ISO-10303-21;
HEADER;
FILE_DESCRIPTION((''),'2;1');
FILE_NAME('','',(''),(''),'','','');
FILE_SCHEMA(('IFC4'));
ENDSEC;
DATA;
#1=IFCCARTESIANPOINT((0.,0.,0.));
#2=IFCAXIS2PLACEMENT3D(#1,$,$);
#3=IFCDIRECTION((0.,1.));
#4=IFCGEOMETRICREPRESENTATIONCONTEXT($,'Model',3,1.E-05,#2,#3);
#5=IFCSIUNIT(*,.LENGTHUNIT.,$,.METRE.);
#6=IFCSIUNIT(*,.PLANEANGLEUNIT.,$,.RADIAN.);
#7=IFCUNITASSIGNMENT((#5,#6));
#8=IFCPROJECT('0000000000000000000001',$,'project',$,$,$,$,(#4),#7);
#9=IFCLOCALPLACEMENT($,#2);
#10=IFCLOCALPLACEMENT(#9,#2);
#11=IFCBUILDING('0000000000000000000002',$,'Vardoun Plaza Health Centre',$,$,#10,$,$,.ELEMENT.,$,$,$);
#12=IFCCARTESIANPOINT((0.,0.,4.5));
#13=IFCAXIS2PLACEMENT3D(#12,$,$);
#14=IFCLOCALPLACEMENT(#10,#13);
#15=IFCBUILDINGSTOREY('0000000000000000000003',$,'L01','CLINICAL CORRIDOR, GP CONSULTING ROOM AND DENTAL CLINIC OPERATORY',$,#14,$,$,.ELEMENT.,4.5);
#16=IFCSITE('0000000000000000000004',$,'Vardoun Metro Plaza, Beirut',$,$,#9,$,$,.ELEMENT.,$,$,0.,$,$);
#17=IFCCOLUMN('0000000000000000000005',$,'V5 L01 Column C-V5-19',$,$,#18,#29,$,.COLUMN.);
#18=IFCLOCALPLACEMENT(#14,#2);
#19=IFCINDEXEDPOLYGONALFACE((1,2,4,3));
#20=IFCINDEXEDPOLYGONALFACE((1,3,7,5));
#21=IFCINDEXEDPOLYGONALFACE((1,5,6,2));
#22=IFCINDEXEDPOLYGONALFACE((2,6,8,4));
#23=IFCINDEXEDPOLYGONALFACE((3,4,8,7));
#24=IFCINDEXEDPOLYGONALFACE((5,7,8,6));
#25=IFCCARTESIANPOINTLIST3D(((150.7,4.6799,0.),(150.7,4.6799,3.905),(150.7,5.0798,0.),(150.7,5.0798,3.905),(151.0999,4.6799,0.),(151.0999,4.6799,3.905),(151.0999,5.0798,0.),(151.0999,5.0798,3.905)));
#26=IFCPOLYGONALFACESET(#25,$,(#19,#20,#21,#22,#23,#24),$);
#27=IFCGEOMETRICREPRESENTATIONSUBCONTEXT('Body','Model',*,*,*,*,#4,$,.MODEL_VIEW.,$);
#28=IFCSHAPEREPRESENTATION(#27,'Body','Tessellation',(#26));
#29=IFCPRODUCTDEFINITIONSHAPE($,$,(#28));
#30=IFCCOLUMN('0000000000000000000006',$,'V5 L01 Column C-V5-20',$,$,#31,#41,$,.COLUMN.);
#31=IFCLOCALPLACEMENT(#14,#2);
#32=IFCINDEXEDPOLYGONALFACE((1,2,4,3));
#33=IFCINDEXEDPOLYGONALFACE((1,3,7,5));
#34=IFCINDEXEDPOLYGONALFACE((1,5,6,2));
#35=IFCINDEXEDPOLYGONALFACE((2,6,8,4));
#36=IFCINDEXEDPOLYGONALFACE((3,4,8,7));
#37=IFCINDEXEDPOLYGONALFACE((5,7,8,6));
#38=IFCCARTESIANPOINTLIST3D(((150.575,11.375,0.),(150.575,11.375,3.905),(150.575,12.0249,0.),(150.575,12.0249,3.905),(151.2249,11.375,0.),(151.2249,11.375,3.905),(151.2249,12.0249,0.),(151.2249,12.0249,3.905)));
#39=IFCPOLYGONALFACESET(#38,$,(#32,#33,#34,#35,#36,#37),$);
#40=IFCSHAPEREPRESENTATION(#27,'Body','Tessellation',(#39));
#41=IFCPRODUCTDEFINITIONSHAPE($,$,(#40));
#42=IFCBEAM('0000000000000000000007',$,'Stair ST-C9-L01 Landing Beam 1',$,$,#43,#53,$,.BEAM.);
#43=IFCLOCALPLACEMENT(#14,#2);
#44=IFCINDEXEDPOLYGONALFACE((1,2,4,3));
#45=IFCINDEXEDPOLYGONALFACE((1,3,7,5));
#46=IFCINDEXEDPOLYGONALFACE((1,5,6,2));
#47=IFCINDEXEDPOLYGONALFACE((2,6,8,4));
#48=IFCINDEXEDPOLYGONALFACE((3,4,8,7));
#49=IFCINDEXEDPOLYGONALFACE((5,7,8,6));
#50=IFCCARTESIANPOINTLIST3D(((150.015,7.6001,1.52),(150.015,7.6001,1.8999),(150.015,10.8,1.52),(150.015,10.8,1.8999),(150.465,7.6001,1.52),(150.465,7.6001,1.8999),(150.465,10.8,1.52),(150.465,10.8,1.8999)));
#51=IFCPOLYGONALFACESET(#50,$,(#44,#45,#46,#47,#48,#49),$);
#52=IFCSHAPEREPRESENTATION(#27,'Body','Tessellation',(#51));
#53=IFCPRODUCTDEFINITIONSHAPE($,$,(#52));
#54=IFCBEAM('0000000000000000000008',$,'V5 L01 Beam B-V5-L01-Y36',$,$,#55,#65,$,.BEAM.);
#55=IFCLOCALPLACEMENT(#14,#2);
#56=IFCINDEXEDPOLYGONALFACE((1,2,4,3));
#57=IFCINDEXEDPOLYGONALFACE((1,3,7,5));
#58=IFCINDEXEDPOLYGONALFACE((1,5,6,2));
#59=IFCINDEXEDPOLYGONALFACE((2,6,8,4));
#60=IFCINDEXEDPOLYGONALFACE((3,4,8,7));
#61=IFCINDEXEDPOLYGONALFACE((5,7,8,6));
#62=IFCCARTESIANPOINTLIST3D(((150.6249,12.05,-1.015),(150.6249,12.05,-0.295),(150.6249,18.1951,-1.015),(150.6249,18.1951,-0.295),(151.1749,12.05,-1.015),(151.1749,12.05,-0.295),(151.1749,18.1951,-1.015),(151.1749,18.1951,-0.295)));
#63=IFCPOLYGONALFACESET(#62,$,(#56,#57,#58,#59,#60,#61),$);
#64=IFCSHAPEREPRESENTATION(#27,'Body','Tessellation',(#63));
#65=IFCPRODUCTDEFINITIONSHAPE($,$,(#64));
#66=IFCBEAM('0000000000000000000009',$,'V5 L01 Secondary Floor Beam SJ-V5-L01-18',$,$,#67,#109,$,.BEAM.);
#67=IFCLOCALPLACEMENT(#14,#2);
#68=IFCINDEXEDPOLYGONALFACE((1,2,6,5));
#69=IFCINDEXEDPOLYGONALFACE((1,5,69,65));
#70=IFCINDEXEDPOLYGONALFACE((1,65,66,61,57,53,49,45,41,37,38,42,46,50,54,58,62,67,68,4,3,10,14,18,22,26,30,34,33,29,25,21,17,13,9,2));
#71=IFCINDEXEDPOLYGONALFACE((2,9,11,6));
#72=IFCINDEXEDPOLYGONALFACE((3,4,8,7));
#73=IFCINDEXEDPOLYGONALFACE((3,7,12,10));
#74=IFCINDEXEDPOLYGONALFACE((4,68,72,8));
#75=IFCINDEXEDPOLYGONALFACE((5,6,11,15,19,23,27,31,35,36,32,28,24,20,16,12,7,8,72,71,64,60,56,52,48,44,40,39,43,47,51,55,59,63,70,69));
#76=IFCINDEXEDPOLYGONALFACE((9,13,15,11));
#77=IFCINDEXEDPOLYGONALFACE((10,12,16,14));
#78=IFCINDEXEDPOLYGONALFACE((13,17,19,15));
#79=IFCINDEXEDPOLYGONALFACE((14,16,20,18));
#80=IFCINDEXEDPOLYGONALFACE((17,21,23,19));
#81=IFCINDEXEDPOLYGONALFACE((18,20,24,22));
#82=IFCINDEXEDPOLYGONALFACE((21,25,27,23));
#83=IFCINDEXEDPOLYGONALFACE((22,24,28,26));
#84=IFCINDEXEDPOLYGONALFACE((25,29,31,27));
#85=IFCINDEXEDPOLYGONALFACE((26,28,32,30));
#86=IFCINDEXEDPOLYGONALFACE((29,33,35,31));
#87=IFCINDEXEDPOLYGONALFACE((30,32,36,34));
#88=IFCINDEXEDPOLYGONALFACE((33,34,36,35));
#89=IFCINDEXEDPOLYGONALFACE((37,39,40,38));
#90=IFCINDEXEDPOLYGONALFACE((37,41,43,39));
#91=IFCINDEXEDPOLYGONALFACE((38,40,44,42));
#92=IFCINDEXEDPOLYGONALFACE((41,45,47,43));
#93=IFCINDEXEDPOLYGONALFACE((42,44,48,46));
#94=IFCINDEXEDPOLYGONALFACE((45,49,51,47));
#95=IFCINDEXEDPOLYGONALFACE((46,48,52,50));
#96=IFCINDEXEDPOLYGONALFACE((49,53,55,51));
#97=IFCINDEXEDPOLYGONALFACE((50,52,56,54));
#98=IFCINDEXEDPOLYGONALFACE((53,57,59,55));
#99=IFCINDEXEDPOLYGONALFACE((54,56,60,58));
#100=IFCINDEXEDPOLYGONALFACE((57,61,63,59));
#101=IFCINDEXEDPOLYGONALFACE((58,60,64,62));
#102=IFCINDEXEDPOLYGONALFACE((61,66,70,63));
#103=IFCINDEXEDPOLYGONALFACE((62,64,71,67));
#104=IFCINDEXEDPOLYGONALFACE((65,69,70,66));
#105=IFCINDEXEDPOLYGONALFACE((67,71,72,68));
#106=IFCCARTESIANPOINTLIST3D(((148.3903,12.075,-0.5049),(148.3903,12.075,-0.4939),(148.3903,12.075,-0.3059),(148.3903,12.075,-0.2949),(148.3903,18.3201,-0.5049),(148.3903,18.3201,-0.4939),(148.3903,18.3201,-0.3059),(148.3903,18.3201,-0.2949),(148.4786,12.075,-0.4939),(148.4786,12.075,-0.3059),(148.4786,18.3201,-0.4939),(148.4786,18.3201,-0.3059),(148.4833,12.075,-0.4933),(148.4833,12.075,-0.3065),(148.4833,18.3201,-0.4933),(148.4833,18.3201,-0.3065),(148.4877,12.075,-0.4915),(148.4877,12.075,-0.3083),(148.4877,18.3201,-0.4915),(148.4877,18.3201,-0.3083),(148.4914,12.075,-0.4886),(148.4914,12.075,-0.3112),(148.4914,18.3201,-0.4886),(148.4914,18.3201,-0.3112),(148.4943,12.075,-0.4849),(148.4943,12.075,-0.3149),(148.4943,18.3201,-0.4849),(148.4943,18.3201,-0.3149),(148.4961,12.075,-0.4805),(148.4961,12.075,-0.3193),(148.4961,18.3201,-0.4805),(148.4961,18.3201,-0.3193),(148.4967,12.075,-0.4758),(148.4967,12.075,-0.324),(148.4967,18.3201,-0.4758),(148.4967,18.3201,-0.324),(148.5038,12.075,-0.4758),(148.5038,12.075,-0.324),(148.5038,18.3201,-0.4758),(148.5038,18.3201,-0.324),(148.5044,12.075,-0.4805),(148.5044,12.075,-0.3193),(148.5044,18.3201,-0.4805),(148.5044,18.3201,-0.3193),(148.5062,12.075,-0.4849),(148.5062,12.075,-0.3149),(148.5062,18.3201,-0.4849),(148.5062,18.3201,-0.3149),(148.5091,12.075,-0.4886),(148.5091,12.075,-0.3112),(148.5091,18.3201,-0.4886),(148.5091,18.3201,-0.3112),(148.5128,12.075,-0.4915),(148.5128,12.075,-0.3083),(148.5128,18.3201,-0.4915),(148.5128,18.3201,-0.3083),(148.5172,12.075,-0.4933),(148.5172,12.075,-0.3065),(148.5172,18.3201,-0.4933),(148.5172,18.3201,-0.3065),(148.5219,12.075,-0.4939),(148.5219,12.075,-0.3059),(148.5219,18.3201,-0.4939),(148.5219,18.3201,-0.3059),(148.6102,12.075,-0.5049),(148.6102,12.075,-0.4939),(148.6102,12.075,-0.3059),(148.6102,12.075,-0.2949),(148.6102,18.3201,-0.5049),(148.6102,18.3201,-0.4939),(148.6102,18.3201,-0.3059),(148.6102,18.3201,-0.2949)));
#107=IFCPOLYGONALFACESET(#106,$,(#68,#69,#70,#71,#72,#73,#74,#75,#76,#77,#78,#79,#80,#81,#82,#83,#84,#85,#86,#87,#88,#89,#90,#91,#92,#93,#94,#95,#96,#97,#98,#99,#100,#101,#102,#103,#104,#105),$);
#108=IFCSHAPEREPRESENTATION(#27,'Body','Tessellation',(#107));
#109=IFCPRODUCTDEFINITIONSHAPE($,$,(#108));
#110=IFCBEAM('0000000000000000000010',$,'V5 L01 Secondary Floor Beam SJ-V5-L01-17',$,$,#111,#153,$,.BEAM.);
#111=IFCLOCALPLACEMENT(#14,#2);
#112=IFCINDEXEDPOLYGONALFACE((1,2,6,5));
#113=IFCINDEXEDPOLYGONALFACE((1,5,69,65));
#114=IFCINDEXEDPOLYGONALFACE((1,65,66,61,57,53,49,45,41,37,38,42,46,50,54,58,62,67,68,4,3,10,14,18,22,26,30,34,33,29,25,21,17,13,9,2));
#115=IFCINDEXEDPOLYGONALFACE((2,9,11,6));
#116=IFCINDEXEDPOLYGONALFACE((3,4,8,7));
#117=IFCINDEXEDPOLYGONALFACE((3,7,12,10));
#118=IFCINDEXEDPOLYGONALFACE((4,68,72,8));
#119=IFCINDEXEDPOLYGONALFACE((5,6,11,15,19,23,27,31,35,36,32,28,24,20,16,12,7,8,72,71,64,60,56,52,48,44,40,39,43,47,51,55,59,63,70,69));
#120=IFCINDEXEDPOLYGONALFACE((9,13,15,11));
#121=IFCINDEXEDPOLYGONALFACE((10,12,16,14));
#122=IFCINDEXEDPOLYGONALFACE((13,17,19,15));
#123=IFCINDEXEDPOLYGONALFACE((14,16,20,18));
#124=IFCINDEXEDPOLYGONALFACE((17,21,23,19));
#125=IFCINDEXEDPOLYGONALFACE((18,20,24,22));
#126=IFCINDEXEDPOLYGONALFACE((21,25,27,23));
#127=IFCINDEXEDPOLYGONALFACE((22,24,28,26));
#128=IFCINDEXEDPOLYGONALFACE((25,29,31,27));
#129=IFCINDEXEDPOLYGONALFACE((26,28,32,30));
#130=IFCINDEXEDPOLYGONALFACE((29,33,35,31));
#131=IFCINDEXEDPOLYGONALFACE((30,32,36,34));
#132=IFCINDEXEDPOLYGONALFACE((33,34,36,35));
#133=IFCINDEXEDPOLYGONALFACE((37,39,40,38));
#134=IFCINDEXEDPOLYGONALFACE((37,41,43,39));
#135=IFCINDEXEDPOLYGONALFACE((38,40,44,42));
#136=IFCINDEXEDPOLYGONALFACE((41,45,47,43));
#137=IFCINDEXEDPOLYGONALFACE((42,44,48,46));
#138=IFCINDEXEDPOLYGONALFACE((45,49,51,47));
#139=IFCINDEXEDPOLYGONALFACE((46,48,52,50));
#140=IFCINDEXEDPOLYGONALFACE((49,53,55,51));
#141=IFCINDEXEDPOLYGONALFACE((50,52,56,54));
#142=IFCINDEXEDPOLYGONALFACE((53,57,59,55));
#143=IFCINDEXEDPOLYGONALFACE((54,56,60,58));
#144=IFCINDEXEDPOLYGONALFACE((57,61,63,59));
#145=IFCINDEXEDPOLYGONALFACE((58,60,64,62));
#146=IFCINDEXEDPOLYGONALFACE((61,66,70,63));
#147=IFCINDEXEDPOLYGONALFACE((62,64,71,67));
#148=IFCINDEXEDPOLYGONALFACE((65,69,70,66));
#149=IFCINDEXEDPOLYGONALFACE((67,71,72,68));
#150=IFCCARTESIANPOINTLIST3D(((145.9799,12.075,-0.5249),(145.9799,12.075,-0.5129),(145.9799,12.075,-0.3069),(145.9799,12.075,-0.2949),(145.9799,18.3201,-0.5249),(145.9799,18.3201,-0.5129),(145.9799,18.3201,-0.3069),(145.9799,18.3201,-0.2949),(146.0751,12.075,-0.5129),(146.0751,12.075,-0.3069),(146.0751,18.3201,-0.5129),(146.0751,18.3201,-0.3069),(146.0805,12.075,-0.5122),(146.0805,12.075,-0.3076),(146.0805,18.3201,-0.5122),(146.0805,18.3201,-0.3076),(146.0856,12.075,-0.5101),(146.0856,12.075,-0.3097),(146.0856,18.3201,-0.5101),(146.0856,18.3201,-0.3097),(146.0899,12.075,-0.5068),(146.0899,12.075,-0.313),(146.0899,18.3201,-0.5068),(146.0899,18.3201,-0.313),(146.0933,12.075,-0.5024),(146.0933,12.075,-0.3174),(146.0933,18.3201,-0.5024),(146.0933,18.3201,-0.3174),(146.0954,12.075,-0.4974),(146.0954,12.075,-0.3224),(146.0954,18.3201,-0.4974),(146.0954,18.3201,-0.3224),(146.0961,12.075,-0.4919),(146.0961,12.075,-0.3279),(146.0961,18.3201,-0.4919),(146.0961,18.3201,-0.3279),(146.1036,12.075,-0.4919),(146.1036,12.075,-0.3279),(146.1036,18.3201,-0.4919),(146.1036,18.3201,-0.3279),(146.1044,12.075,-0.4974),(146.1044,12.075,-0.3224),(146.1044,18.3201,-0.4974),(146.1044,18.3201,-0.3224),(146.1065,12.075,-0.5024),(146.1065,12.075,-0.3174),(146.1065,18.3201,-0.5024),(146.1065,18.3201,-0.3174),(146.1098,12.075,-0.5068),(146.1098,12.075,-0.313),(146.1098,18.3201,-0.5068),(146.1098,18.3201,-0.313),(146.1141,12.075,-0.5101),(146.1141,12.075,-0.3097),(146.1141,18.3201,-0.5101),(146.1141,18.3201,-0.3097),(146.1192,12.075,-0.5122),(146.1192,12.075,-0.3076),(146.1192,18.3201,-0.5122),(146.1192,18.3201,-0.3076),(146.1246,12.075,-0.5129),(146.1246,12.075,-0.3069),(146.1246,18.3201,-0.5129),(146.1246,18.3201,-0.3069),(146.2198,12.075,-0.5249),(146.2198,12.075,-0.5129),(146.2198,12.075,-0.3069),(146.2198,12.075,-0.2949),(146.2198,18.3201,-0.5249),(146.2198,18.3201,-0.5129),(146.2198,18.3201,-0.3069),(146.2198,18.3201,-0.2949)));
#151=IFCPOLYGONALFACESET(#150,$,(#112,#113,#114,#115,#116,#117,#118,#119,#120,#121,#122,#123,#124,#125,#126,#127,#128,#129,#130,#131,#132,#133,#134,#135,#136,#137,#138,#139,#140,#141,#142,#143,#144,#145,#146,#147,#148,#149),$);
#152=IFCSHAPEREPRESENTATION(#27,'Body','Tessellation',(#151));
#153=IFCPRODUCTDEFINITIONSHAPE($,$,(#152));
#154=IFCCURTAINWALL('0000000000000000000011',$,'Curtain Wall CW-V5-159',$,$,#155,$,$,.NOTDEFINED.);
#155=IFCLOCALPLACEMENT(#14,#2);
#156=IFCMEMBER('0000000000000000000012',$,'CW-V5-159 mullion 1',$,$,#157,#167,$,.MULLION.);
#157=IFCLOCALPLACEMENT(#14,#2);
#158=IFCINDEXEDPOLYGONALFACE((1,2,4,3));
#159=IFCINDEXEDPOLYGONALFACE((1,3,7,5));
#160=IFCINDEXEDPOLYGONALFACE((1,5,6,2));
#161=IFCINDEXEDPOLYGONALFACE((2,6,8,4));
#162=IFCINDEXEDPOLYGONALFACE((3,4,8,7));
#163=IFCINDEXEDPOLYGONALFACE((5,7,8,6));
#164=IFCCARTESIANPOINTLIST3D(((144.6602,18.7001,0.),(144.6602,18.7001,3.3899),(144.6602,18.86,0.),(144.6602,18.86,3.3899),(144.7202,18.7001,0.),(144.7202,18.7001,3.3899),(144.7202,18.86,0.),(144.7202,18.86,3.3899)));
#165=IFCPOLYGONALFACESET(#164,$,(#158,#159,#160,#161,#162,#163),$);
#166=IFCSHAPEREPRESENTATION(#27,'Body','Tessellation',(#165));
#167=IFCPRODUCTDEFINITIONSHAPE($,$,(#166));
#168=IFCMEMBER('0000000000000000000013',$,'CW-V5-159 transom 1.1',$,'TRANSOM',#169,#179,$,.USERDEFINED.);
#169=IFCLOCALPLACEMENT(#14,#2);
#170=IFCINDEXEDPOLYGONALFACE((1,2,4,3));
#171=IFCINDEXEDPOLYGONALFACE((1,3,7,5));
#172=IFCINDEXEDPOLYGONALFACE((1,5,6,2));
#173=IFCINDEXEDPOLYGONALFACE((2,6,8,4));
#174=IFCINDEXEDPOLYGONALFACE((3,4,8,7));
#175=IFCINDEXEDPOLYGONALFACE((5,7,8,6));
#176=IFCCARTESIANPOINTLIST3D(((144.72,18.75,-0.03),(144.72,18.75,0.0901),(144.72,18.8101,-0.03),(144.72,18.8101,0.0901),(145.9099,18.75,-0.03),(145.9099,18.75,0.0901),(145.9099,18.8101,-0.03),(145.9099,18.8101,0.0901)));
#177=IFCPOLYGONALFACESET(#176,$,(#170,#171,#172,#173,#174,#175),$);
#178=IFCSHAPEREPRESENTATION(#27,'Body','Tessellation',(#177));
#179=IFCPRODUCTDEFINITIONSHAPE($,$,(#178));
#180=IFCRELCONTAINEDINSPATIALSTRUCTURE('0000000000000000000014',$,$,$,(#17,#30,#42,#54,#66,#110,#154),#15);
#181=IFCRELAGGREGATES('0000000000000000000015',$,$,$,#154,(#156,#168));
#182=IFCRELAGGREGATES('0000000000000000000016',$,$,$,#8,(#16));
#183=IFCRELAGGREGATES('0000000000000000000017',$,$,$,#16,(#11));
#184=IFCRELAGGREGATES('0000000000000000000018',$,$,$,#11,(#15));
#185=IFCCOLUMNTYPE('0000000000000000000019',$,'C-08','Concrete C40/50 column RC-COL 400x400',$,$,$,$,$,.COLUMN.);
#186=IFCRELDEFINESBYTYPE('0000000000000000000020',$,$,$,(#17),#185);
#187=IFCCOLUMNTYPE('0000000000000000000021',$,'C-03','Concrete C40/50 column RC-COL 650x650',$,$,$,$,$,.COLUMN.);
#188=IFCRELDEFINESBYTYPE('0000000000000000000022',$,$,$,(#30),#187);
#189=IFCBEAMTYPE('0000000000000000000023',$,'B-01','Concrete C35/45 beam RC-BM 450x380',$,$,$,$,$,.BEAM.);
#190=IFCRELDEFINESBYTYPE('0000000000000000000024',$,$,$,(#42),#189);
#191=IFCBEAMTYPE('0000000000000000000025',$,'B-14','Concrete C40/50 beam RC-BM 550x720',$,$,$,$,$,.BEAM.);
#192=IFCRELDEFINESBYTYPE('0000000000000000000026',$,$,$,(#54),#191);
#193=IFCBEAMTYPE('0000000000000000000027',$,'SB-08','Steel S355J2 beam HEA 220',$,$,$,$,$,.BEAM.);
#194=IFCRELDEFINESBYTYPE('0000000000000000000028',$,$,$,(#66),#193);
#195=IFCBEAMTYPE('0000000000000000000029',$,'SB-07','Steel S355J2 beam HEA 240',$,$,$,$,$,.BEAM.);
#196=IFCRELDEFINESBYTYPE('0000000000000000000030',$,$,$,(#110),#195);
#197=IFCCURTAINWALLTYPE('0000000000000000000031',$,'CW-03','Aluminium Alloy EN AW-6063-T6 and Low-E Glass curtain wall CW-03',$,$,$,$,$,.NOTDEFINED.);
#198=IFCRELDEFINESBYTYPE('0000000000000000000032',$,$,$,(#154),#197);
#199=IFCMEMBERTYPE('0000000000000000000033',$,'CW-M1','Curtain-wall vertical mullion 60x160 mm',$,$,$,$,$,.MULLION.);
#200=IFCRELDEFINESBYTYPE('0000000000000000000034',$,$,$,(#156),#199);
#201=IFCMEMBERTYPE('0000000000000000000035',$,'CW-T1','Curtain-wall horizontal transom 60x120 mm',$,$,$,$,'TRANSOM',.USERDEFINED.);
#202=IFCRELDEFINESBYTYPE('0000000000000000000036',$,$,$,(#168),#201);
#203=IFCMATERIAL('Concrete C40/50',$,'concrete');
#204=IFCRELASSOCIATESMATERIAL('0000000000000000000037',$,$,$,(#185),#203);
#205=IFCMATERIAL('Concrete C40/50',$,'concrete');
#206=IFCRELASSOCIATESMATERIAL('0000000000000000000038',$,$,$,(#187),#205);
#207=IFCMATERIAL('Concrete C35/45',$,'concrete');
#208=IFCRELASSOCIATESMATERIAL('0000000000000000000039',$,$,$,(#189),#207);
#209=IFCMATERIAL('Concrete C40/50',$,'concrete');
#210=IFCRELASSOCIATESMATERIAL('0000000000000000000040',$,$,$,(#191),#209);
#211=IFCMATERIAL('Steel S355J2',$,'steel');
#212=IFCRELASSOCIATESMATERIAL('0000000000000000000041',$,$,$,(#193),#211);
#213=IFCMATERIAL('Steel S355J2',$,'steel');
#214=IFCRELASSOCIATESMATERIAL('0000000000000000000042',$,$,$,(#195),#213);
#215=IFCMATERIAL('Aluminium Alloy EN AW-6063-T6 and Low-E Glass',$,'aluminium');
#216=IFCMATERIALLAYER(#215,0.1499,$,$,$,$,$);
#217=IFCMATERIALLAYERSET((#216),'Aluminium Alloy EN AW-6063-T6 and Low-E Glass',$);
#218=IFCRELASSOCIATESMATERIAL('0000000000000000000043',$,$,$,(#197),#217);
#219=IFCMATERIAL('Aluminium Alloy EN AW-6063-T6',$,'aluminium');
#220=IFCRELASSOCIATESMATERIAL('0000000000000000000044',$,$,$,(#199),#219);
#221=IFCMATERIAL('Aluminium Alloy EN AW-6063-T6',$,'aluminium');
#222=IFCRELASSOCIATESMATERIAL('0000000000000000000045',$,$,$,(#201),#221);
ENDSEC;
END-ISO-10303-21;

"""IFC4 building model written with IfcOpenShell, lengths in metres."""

from ifc_helpers import new_model, si_unit, direction, frame, origin, origin_2d, place, context, subcontext, project, spatial, rectangle, i_section, extrude, material, layer, layer_set, material_profile, profile_set, type_object, element, aggregate, save


model = new_model("IFC4")

# Units and contexts
model_context = context("Model", 3, precision=1e-05, world=origin(), true_north=direction((0.0, 1.0)))
body_context = subcontext(model_context, "Body", "Model", "MODEL_VIEW")
ifc_project = project(units=[si_unit("LENGTHUNIT", "METRE"), si_unit("PLANEANGLEUNIT", "RADIAN")], contexts=[model_context])

# Site, building, storey
site_placement = place(None, origin())
site = spatial("IfcSite", under=ifc_project, at=site_placement, Name="Vardoun Metro Plaza, Beirut", CompositionType="ELEMENT", RefElevation=0.0)
building_placement = place(site_placement, origin())
building = spatial("IfcBuilding", under=site, at=building_placement, Name="Vardoun Plaza Health Centre", CompositionType="ELEMENT")
storey_placement = place(building_placement, frame((0.0, 0.0, 4.5)))
storey = spatial("IfcBuildingStorey", under=building, at=storey_placement, Name="L01", Description="CLINICAL CORRIDOR, GP CONSULTING ROOM AND DENTAL CLINIC OPERATORY", CompositionType="ELEMENT", Elevation=4.5)

# Columns
ifc_material_1 = material(Name="Concrete C40/50", Category="concrete")
ifc_material_profile_1 = material_profile(ifc_material_1, rectangle(XDim=0.3999, YDim=0.3999, at=origin_2d()), Name="RC-COL 400x400")
ifc_profile_set_1 = profile_set([ifc_material_profile_1], Name="Concrete C40/50")
column_type_1 = type_object("IfcColumnType", Name="C-08", Description="Concrete C40/50 column RC-COL 400x400", PredefinedType="COLUMN", material=ifc_profile_set_1)
column_1_placement = place(storey_placement, frame((150.8999, 4.8799, 0.0), z_axis=(0.0, 0.0, 1.0), x_axis=(1.0, 0.0, 0.0)))
element("IfcColumn", 1, at=column_1_placement, inside=storey, type_object=column_type_1, Name="V5 L01 Column C-V5-19", PredefinedType="COLUMN", context=body_context, shape_type="SweptSolid", body=[
    extrude(rectangle(XDim=0.3999, YDim=0.3999, at=origin_2d()), origin(), (0.0, 0.0, 1.0), 3.905),
])
ifc_material_2 = material(Name="Concrete C40/50", Category="concrete")
ifc_material_profile_2 = material_profile(ifc_material_2, rectangle(XDim=0.6499, YDim=0.6499, at=origin_2d()), Name="RC-COL 650x650")
ifc_profile_set_2 = profile_set([ifc_material_profile_2], Name="Concrete C40/50")
column_type_2 = type_object("IfcColumnType", Name="C-03", Description="Concrete C40/50 column RC-COL 650x650", PredefinedType="COLUMN", material=ifc_profile_set_2)
column_2_placement = place(storey_placement, frame((150.8999, 11.7, 0.0), z_axis=(0.0, 0.0, 1.0), x_axis=(1.0, 0.0, 0.0)))
element("IfcColumn", 2, at=column_2_placement, inside=storey, type_object=column_type_2, Name="V5 L01 Column C-V5-20", PredefinedType="COLUMN", context=body_context, shape_type="SweptSolid", body=[
    extrude(rectangle(XDim=0.6499, YDim=0.6499, at=origin_2d()), origin(), (0.0, 0.0, 1.0), 3.905),
])

# Beams
ifc_material_3 = material(Name="Concrete C35/45", Category="concrete")
ifc_material_profile_3 = material_profile(ifc_material_3, rectangle(XDim=0.45, YDim=0.3799, at=origin_2d()), Name="RC-BM 450x380")
ifc_profile_set_3 = profile_set([ifc_material_profile_3], Name="Concrete C35/45")
beam_type_1 = type_object("IfcBeamType", Name="B-01", Description="Concrete C35/45 beam RC-BM 450x380", PredefinedType="BEAM", material=ifc_profile_set_3)
beam_1_placement = place(storey_placement, frame((150.24, 7.6001, 1.71), z_axis=(0.0, 1.0, 0.0), x_axis=(-1.0, 0.0, 0.0)))
element("IfcBeam", 3, at=beam_1_placement, inside=storey, type_object=beam_type_1, Name="Stair ST-C9-L01 Landing Beam 1", PredefinedType="BEAM", context=body_context, shape_type="SweptSolid", body=[
    extrude(rectangle(XDim=0.45, YDim=0.3799, at=origin_2d()), origin(), (0.0, 0.0, 1.0), 3.2),
])
ifc_material_4 = material(Name="Concrete C40/50", Category="concrete")
ifc_material_profile_4 = material_profile(ifc_material_4, rectangle(XDim=0.55, YDim=0.72, at=origin_2d()), Name="RC-BM 550x720")
ifc_profile_set_4 = profile_set([ifc_material_profile_4], Name="Concrete C40/50")
beam_type_2 = type_object("IfcBeamType", Name="B-14", Description="Concrete C40/50 beam RC-BM 550x720", PredefinedType="BEAM", material=ifc_profile_set_4)
beam_2_placement = place(storey_placement, frame((150.8999, 12.05, -0.655), z_axis=(0.0, 1.0, 0.0), x_axis=(-1.0, 0.0, 0.0)))
element("IfcBeam", 4, at=beam_2_placement, inside=storey, type_object=beam_type_2, Name="V5 L01 Beam B-V5-L01-Y36", PredefinedType="BEAM", context=body_context, shape_type="SweptSolid", body=[
    extrude(rectangle(XDim=0.55, YDim=0.72, at=origin_2d()), origin(), (0.0, 0.0, 1.0), 6.145),
])
ifc_material_5 = material(Name="Steel S355J2", Category="steel")
ifc_material_profile_5 = material_profile(ifc_material_5, i_section(OverallWidth=0.22, OverallDepth=0.21, WebThickness=0.0071, FlangeThickness=0.011, FilletRadius=0.0181, at=origin_2d()), Name="HEA 220")
ifc_profile_set_5 = profile_set([ifc_material_profile_5], Name="Steel S355J2")
beam_type_3 = type_object("IfcBeamType", Name="SB-08", Description="Steel S355J2 beam HEA 220", PredefinedType="BEAM", material=ifc_profile_set_5)
beam_3_placement = place(storey_placement, frame((148.5002, 12.075, -0.3999), z_axis=(0.0, 1.0, 0.0), x_axis=(-1.0, 0.0, 0.0)))
element("IfcBeam", 5, at=beam_3_placement, inside=storey, type_object=beam_type_3, Name="V5 L01 Secondary Floor Beam SJ-V5-L01-18", PredefinedType="BEAM", context=body_context, shape_type="SweptSolid", body=[
    extrude(i_section(OverallWidth=0.22, OverallDepth=0.21, WebThickness=0.0071, FlangeThickness=0.011, FilletRadius=0.0181, at=origin_2d()), origin(), (0.0, 0.0, 1.0), 6.2451),
])
ifc_material_6 = material(Name="Steel S355J2", Category="steel")
ifc_material_profile_6 = material_profile(ifc_material_6, i_section(OverallWidth=0.24, OverallDepth=0.23, WebThickness=0.0076, FlangeThickness=0.012, FilletRadius=0.021, at=origin_2d()), Name="HEA 240")
ifc_profile_set_6 = profile_set([ifc_material_profile_6], Name="Steel S355J2")
beam_type_4 = type_object("IfcBeamType", Name="SB-07", Description="Steel S355J2 beam HEA 240", PredefinedType="BEAM", material=ifc_profile_set_6)
beam_4_placement = place(storey_placement, frame((146.0999, 12.075, -0.4099), z_axis=(0.0, 1.0, 0.0), x_axis=(-1.0, 0.0, 0.0)))
element("IfcBeam", 6, at=beam_4_placement, inside=storey, type_object=beam_type_4, Name="V5 L01 Secondary Floor Beam SJ-V5-L01-17", PredefinedType="BEAM", context=body_context, shape_type="SweptSolid", body=[
    extrude(i_section(OverallWidth=0.24, OverallDepth=0.23, WebThickness=0.0076, FlangeThickness=0.012, FilletRadius=0.021, at=origin_2d()), origin(), (0.0, 0.0, 1.0), 6.2451),
])

# Curtain wall, members
ifc_material_7 = material(Name="Aluminium Alloy EN AW-6063-T6 and Low-E Glass", Category="aluminium")
ifc_layer_1 = layer(ifc_material_7, 0.1499)
ifc_layer_set_1 = layer_set([ifc_layer_1], Name="Aluminium Alloy EN AW-6063-T6 and Low-E Glass")
curtain_wall_type = type_object("IfcCurtainWallType", Name="CW-03", Description="Aluminium Alloy EN AW-6063-T6 and Low-E Glass curtain wall CW-03", PredefinedType="NOTDEFINED", material=ifc_layer_set_1)
curtain_wall_placement = place(storey_placement, origin())
curtain_wall = element("IfcCurtainWall", 7, at=curtain_wall_placement, inside=storey, type_object=curtain_wall_type, Name="Curtain Wall CW-V5-159", PredefinedType="NOTDEFINED")
ifc_material_8 = material(Name="Aluminium Alloy EN AW-6063-T6", Category="aluminium")
ifc_material_profile_7 = material_profile(ifc_material_8, rectangle(XDim=0.1599, YDim=0.0601, at=origin_2d()), Name="CWM 60x160")
ifc_profile_set_7 = profile_set([ifc_material_profile_7], Name="Aluminium Alloy EN AW-6063-T6")
member_type_1 = type_object("IfcMemberType", Name="CW-M1", Description="Curtain-wall vertical mullion 60x160 mm", PredefinedType="MULLION", material=ifc_profile_set_7)
member_1_placement = place(storey_placement, frame((144.6902, 18.78, 0.0), z_axis=(0.0, 0.0, 1.0), x_axis=(0.0, 1.0, 0.0)))
member_1 = element("IfcMember", 8, at=member_1_placement, type_object=member_type_1, Name="CW-V5-159 mullion 1", PredefinedType="MULLION", context=body_context, shape_type="SweptSolid", body=[
    extrude(rectangle(XDim=0.1599, YDim=0.0601, at=origin_2d()), origin(), (0.0, 0.0, 1.0), 3.3899),
])
ifc_material_9 = material(Name="Aluminium Alloy EN AW-6063-T6", Category="aluminium")
ifc_material_profile_8 = material_profile(ifc_material_9, rectangle(XDim=0.0601, YDim=0.1201, at=origin_2d()), Name="CWT 60x120")
ifc_profile_set_8 = profile_set([ifc_material_profile_8], Name="Aluminium Alloy EN AW-6063-T6")
member_type_2 = type_object("IfcMemberType", Name="CW-T1", Description="Curtain-wall horizontal transom 60x120 mm", ElementType="TRANSOM", PredefinedType="USERDEFINED", material=ifc_profile_set_8)
member_2_placement = place(storey_placement, frame((144.72, 18.78, 0.03), z_axis=(1.0, 0.0, 0.0), x_axis=(0.0, 1.0, 0.0)))
member_2 = element("IfcMember", 9, at=member_2_placement, type_object=member_type_2, Name="CW-V5-159 transom 1.1", ObjectType="TRANSOM", PredefinedType="USERDEFINED", context=body_context, shape_type="SweptSolid", body=[
    extrude(rectangle(XDim=0.0601, YDim=0.1201, at=origin_2d()), origin(), (0.0, 0.0, 1.0), 1.1899),
])
aggregate(curtain_wall, [member_1, member_2])

save(model, "model.ifc")
